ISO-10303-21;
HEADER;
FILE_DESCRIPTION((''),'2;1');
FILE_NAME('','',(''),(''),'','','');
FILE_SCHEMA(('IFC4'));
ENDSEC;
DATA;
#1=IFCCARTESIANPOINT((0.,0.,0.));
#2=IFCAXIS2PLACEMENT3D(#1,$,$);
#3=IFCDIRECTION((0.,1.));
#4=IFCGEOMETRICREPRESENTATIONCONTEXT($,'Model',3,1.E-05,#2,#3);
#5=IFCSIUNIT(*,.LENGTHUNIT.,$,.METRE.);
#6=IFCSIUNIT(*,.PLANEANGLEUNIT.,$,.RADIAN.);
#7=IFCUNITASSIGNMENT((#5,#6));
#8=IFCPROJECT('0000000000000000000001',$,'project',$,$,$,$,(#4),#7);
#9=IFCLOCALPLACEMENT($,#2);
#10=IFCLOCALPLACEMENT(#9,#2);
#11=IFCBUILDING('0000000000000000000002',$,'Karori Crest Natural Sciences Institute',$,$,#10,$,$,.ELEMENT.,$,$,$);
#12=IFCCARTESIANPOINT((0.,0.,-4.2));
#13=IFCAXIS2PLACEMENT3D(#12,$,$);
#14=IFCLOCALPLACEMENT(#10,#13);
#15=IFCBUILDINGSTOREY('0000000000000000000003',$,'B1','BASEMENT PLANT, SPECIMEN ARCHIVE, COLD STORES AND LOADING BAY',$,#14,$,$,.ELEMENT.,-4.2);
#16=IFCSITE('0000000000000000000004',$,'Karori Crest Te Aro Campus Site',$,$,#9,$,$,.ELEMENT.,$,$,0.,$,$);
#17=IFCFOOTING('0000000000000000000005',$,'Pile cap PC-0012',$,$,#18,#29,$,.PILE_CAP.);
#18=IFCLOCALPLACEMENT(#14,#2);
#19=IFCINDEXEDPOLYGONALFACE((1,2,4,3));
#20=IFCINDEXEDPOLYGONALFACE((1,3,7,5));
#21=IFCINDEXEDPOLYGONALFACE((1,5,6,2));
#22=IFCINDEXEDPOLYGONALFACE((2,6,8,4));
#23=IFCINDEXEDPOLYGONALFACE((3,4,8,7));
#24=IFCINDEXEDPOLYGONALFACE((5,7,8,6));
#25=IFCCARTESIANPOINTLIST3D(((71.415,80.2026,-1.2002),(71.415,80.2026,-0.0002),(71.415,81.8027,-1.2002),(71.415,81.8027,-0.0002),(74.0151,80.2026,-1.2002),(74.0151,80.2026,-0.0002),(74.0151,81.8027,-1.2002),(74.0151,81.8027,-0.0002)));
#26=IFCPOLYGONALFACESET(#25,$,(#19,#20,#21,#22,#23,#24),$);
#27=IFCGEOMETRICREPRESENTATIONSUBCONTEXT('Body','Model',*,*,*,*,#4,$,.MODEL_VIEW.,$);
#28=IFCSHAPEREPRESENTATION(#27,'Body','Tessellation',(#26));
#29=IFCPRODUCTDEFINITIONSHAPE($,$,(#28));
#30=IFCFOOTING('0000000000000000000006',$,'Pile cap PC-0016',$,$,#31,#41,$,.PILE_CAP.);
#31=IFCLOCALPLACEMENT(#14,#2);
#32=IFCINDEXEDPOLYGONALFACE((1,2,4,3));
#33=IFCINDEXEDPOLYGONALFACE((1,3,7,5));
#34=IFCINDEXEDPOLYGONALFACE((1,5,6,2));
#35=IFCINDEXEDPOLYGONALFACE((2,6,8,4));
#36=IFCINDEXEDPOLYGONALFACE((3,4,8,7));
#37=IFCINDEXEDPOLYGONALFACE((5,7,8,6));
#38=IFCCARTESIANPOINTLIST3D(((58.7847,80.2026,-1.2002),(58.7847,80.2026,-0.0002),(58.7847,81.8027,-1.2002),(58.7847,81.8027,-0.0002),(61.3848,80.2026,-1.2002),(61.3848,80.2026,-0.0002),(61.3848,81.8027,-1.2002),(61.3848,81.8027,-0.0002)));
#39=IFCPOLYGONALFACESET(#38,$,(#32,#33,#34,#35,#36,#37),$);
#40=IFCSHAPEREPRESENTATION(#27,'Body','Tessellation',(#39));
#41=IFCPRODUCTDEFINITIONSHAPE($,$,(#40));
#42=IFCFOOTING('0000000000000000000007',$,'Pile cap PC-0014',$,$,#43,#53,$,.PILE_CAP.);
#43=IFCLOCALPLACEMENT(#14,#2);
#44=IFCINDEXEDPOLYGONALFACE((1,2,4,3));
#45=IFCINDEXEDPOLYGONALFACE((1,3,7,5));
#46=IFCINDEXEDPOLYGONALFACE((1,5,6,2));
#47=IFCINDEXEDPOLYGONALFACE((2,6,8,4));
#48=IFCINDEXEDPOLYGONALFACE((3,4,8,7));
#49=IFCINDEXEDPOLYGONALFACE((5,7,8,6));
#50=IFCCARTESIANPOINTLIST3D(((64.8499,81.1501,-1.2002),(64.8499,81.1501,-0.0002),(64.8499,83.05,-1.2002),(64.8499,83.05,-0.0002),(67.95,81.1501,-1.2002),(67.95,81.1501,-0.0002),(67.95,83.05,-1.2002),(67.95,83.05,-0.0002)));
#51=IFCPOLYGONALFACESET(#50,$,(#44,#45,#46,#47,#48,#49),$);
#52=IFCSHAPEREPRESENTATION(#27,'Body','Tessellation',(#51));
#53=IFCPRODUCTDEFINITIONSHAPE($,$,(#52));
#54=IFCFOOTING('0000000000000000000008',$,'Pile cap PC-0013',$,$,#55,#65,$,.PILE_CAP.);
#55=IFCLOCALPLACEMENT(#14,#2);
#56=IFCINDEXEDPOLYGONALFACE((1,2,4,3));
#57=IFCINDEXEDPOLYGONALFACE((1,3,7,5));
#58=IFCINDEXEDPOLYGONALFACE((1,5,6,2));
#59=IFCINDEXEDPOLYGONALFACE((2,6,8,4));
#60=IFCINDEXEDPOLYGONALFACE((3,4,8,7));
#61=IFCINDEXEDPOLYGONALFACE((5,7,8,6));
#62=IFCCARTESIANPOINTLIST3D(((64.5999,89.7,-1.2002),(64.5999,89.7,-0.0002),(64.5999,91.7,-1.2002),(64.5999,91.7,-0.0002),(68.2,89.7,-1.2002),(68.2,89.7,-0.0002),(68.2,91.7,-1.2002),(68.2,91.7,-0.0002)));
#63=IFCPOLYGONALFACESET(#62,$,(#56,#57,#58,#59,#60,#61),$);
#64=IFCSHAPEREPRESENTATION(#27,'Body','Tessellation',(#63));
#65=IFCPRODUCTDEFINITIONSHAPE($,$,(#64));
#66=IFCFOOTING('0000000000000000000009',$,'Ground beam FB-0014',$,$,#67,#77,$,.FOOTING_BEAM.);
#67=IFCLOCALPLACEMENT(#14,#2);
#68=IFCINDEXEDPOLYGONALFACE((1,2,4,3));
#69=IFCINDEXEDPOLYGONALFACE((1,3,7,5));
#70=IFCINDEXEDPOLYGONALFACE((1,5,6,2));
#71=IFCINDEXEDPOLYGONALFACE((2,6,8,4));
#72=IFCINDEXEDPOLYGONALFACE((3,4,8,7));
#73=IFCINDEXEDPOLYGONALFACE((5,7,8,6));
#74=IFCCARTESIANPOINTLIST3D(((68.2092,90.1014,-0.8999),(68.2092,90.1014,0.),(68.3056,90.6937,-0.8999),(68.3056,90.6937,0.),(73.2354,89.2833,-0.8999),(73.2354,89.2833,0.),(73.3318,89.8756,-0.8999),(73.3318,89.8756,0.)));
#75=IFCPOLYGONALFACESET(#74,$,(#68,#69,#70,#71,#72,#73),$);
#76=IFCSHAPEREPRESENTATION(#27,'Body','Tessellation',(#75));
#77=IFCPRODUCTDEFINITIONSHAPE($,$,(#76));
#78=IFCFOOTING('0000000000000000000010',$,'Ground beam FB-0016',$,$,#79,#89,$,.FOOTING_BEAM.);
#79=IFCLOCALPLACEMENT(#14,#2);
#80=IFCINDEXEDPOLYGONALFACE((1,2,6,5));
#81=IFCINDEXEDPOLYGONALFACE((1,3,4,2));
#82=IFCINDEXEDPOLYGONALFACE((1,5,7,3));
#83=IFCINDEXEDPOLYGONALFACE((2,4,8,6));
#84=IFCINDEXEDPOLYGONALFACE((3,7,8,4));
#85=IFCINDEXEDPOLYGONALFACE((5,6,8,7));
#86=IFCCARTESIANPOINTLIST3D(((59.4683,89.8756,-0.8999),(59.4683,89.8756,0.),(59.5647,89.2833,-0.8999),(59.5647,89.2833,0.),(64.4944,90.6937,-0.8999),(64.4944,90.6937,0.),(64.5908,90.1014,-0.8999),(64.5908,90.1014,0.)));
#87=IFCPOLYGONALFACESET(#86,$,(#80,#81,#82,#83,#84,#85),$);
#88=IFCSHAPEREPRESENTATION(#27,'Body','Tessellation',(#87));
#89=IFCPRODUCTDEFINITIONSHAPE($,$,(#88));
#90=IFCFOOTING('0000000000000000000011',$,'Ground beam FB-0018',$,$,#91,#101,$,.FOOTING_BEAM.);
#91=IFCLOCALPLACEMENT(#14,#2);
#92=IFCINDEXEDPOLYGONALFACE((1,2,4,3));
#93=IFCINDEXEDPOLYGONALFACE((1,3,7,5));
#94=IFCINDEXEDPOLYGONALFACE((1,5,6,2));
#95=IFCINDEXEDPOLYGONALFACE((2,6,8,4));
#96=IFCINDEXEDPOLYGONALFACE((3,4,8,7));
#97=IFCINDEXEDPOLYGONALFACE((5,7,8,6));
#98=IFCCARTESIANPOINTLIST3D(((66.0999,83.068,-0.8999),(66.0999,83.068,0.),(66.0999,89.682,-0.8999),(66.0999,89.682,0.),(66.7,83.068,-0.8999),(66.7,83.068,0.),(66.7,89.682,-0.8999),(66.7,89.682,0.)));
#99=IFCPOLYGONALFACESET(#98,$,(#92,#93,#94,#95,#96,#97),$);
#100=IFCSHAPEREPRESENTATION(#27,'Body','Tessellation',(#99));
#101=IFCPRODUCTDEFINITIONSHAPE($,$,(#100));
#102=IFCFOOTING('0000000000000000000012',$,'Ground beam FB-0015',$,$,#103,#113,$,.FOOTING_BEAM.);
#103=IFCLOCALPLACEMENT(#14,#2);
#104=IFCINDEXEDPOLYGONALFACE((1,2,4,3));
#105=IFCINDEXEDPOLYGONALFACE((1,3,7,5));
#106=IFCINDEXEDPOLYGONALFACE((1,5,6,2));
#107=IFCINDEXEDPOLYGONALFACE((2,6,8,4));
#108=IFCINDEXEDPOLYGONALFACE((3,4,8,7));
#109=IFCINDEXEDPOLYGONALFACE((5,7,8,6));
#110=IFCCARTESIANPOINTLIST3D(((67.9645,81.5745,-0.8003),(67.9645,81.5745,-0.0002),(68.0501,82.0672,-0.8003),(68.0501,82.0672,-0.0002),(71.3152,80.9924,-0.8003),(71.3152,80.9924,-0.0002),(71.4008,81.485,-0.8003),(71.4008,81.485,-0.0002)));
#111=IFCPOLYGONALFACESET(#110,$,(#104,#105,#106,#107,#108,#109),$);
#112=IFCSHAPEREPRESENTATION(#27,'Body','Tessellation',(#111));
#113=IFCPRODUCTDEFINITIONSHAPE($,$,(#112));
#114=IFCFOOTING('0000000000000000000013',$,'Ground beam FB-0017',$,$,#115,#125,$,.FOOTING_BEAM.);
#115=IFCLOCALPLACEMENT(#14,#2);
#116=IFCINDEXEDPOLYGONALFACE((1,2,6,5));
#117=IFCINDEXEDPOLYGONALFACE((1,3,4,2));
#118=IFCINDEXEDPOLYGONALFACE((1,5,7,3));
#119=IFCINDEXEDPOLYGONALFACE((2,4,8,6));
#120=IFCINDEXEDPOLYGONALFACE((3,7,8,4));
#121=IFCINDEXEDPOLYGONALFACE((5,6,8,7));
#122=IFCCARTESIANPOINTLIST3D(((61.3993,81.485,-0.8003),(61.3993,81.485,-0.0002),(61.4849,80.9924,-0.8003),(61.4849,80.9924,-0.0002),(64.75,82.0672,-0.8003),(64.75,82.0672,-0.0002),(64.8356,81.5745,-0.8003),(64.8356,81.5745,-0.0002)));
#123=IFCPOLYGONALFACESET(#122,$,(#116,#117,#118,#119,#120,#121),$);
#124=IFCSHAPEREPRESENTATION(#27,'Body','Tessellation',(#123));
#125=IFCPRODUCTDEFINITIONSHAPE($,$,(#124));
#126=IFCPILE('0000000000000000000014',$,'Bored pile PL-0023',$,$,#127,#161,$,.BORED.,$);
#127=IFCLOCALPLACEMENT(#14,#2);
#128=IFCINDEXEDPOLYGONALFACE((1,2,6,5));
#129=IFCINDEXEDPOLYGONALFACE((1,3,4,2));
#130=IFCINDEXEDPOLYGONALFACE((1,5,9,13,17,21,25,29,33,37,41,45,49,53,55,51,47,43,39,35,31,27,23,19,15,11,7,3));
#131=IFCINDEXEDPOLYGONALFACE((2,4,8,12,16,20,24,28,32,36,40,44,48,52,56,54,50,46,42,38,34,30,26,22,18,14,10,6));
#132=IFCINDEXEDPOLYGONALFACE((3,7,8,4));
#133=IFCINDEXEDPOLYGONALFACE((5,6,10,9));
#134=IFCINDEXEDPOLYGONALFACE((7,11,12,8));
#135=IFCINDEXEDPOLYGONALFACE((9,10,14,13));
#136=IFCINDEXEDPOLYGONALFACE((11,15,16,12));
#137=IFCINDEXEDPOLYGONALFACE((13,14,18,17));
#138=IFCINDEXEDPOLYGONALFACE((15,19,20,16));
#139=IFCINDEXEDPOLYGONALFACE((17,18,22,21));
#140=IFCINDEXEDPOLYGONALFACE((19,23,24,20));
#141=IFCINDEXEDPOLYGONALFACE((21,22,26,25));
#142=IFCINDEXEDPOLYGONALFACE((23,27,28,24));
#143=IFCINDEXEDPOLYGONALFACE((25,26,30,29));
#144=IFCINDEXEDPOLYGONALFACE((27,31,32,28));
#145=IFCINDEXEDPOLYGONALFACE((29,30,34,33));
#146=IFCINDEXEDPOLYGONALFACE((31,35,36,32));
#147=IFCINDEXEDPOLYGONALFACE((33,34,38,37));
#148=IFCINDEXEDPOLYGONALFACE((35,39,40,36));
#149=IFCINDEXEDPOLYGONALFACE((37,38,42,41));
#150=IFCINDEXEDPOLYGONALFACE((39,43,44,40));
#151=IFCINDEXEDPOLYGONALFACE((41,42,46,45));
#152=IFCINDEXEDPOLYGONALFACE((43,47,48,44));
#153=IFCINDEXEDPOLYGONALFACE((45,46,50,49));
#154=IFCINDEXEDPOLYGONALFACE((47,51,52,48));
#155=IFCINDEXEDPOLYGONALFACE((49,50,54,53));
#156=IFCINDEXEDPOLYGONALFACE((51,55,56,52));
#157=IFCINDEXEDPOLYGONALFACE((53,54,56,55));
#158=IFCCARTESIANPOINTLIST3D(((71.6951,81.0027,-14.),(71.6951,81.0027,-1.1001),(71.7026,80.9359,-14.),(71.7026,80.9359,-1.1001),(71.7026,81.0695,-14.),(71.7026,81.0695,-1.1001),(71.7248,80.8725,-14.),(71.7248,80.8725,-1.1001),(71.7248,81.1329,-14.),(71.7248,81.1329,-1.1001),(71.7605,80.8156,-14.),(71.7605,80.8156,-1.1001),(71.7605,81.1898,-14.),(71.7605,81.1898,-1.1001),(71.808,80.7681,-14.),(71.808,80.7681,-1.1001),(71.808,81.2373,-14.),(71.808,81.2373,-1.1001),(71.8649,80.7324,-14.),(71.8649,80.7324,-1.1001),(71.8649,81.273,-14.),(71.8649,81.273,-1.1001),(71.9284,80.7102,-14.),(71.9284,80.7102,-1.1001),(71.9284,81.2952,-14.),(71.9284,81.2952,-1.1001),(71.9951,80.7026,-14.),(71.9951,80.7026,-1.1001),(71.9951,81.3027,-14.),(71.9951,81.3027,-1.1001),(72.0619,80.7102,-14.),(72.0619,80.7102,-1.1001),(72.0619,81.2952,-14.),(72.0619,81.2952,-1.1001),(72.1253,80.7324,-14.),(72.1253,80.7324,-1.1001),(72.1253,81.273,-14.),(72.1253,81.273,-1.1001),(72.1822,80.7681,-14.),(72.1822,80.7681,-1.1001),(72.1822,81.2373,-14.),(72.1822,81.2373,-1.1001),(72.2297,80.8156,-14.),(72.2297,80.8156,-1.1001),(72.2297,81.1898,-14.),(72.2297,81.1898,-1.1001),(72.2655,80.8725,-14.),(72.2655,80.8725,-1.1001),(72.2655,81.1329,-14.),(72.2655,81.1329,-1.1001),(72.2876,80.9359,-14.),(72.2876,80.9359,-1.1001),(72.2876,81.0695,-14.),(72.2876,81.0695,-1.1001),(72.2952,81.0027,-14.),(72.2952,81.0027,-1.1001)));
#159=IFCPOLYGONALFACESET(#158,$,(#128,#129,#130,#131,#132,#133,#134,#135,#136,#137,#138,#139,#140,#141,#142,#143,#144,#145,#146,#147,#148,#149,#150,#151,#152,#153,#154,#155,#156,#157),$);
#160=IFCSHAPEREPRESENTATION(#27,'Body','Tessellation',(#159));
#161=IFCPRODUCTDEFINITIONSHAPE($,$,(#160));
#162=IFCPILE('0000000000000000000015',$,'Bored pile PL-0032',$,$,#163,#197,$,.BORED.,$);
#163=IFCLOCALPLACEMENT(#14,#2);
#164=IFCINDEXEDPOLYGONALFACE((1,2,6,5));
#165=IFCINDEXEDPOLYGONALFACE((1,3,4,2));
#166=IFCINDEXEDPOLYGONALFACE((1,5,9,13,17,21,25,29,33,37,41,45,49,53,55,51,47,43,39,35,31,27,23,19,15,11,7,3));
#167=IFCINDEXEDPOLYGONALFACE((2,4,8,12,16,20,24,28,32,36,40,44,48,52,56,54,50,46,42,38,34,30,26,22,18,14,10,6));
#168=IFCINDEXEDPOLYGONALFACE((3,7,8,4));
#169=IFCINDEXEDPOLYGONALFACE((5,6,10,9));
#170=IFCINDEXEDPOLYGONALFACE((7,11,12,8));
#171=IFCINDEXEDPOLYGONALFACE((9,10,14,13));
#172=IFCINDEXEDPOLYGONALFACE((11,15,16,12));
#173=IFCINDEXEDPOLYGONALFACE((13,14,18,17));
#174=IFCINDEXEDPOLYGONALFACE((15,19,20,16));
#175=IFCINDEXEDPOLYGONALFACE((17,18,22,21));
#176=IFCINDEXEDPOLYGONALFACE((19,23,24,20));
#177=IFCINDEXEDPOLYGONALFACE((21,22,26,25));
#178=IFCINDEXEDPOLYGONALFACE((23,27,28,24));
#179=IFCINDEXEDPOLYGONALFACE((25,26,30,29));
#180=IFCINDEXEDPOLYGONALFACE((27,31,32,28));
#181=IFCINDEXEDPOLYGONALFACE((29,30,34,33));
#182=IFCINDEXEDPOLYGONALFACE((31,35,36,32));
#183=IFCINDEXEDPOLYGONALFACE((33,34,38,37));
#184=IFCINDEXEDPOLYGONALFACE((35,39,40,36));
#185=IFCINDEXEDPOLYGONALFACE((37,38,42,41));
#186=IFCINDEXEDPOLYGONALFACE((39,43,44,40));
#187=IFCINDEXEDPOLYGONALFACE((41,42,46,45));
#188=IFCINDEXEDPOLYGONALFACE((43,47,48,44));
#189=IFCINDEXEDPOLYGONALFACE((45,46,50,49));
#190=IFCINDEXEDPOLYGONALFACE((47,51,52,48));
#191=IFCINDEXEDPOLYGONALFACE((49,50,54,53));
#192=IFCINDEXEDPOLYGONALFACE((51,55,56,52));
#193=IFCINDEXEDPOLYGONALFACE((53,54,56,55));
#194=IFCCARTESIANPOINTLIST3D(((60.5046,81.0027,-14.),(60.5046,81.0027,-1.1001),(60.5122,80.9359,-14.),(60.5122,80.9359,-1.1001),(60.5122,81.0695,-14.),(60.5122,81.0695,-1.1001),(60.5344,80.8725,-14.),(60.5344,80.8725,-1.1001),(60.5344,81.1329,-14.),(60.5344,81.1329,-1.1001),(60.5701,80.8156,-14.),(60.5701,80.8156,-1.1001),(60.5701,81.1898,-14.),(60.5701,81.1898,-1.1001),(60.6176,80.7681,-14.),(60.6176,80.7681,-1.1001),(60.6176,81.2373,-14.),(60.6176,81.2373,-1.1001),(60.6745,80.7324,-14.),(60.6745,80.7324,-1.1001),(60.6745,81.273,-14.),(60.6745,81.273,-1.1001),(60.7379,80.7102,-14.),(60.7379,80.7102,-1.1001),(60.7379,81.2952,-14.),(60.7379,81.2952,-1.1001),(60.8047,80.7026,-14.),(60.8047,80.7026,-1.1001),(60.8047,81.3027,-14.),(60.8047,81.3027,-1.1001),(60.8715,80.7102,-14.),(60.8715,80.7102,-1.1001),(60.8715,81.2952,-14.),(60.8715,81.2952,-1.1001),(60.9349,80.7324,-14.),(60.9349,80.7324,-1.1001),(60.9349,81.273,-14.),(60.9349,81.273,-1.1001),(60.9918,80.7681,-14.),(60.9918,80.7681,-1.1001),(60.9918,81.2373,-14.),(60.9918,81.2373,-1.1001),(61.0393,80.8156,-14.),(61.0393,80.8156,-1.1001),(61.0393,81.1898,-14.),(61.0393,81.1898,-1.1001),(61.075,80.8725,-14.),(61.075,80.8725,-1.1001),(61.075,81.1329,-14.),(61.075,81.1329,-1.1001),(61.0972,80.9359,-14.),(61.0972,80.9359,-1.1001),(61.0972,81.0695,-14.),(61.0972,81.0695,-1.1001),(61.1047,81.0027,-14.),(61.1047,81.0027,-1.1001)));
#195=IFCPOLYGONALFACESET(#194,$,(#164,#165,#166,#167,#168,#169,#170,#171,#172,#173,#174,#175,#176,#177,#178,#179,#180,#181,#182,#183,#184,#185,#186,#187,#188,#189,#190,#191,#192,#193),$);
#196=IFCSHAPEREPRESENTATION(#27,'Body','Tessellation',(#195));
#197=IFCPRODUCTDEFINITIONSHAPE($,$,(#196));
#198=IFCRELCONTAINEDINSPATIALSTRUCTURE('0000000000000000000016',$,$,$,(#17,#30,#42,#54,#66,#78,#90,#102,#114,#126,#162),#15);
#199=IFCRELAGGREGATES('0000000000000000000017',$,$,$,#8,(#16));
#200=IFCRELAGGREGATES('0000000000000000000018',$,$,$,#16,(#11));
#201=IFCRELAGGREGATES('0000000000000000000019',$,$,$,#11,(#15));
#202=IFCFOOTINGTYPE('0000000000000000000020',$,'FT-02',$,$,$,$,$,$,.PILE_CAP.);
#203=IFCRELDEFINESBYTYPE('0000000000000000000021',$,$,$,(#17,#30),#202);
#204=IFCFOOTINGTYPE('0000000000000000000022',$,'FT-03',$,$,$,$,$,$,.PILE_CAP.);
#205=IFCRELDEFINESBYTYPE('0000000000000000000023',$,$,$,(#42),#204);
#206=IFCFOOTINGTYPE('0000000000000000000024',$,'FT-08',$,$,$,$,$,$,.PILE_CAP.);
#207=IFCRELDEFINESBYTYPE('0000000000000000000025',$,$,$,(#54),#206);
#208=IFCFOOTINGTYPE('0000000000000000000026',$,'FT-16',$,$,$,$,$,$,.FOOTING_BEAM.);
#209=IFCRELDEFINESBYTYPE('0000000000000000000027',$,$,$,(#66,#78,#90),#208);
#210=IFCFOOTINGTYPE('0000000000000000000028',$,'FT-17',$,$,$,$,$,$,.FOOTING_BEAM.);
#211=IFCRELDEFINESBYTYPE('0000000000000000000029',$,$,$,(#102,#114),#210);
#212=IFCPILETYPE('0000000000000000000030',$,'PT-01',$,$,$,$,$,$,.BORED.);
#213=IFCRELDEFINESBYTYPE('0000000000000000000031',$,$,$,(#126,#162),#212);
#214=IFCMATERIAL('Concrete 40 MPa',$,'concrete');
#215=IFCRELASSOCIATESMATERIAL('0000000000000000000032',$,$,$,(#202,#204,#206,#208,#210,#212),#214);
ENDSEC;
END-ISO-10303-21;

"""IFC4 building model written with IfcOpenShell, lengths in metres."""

from ifc_helpers import new_model, si_unit, direction, frame, origin, origin_2d, place, context, subcontext, project, spatial, rectangle, circle, extrude, material, material_profile, profile_set, type_object, element, save


model = new_model("IFC4")

# Units and contexts
model_context = context("Model", 3, precision=1e-05, world=origin(), true_north=direction((0.0, 1.0)))
body_context = subcontext(model_context, "Body", "Model", "MODEL_VIEW")
ifc_project = project(units=[si_unit("LENGTHUNIT", "METRE"), si_unit("PLANEANGLEUNIT", "RADIAN")], contexts=[model_context])

# Site, building, storey
site_placement = place(None, origin())
site = spatial("IfcSite", under=ifc_project, at=site_placement, Name="Karori Crest Te Aro Campus Site", CompositionType="ELEMENT", RefElevation=0.0)
building_placement = place(site_placement, origin())
building = spatial("IfcBuilding", under=site, at=building_placement, Name="Karori Crest Natural Sciences Institute", CompositionType="ELEMENT")
storey_placement = place(building_placement, frame((0.0, 0.0, -4.2)))
storey = spatial("IfcBuildingStorey", under=building, at=storey_placement, Name="B1", Description="BASEMENT PLANT, SPECIMEN ARCHIVE, COLD STORES AND LOADING BAY", CompositionType="ELEMENT", Elevation=-4.2)

# Footings
ifc_material_1 = material(Name="Concrete 40 MPa", Category="concrete")
footing_type_1 = type_object("IfcFootingType", Name="FT-02", PredefinedType="PILE_CAP", material=ifc_material_1)
for number, where, z_axis, x_axis, name in (
    (1, (72.7151, 81.0027, -1.2002), (0.0, 0.0, 1.0), (1.0, 0.0, 0.0), "Pile cap PC-0012"),
    (2, (60.0847, 81.0027, -1.2002), (0.0, 0.0, 1.0), (1.0, 0.0, 0.0), "Pile cap PC-0016"),
):
    element("IfcFooting", number, at=place(storey_placement, frame(where, z_axis=z_axis, x_axis=x_axis)), inside=storey, type_object=footing_type_1, Name=name, PredefinedType="PILE_CAP", context=body_context, shape_type="SweptSolid", body=[
        extrude(rectangle(XDim=2.6001, YDim=1.6001, at=origin_2d()), origin(), (0.0, 0.0, 1.0), 1.2),
    ])
footing_type_2 = type_object("IfcFootingType", Name="FT-03", PredefinedType="PILE_CAP", material=ifc_material_1)
footing_1_placement = place(storey_placement, frame((66.3999, 82.1001, -1.2002), z_axis=(0.0, 0.0, 1.0), x_axis=(1.0, 0.0, 0.0)))
element("IfcFooting", 3, at=footing_1_placement, inside=storey, type_object=footing_type_2, Name="Pile cap PC-0014", PredefinedType="PILE_CAP", context=body_context, shape_type="SweptSolid", body=[
    extrude(rectangle(XDim=3.1001, YDim=1.8999, at=origin_2d()), origin(), (0.0, 0.0, 1.0), 1.2),
])
footing_type_3 = type_object("IfcFootingType", Name="FT-08", PredefinedType="PILE_CAP", material=ifc_material_1)
footing_2_placement = place(storey_placement, frame((66.3999, 90.7, -1.2002), z_axis=(0.0, 0.0, 1.0), x_axis=(1.0, 0.0, 0.0)))
element("IfcFooting", 4, at=footing_2_placement, inside=storey, type_object=footing_type_3, Name="Pile cap PC-0013", PredefinedType="PILE_CAP", context=body_context, shape_type="SweptSolid", body=[
    extrude(rectangle(XDim=3.6001, YDim=2.0, at=origin_2d()), origin(), (0.0, 0.0, 1.0), 1.2),
])
footing_type_4 = type_object("IfcFootingType", Name="FT-16", PredefinedType="FOOTING_BEAM", material=ifc_material_1)
for number, where, z_axis, x_axis, name in (
    (5, (70.7705, 89.9885, -0.8999), (0.0, 0.0, 1.0), (-0.987011, 0.160653, 0.0), "Ground beam FB-0014"),
    (6, (62.0295, 89.9885, -0.8999), (0.0, 0.0, 1.0), (0.987011, 0.160653, 0.0), "Ground beam FB-0016"),
):
    element("IfcFooting", number, at=place(storey_placement, frame(where, z_axis=z_axis, x_axis=x_axis)), inside=storey, type_object=footing_type_4, Name=name, PredefinedType="FOOTING_BEAM", context=body_context, shape_type="SweptSolid", body=[
        extrude(rectangle(XDim=5.0923, YDim=0.6001, at=origin_2d()), origin(), (0.0, 0.0, 1.0), 0.8999),
    ])
footing_3_placement = place(storey_placement, frame((66.3999, 86.375, -0.8999), z_axis=(0.0, 0.0, 1.0), x_axis=(0.0, 1.0, 0.0)))
element("IfcFooting", 7, at=footing_3_placement, inside=storey, type_object=footing_type_4, Name="Ground beam FB-0018", PredefinedType="FOOTING_BEAM", context=body_context, shape_type="SweptSolid", body=[
    extrude(rectangle(XDim=6.614, YDim=0.6001, at=origin_2d()), origin(), (0.0, 0.0, 1.0), 0.8999),
])
footing_type_5 = type_object("IfcFootingType", Name="FT-17", PredefinedType="FOOTING_BEAM", material=ifc_material_1)
for number, where, z_axis, x_axis, name in (
    (8, (69.6826, 81.5298, -0.8003), (0.0, 0.0, 1.0), (-0.98524, 0.171176, 0.0), "Ground beam FB-0015"),
    (9, (63.1174, 81.5298, -0.8003), (0.0, 0.0, 1.0), (0.98524, 0.171176, 0.0), "Ground beam FB-0017"),
):
    element("IfcFooting", number, at=place(storey_placement, frame(where, z_axis=z_axis, x_axis=x_axis)), inside=storey, type_object=footing_type_5, Name=name, PredefinedType="FOOTING_BEAM", context=body_context, shape_type="SweptSolid", body=[
        extrude(rectangle(XDim=3.4009, YDim=0.5, at=origin_2d()), origin(), (0.0, 0.0, 1.0), 0.8),
    ])

# Piles
ifc_material_profile_1 = material_profile(ifc_material_1, circle(Radius=0.3, at=origin_2d()), Name="PILE600")
ifc_profile_set_1 = profile_set([ifc_material_profile_1], Name="Concrete 40 MPa")
pile_type_1 = type_object("IfcPileType", Name="PT-01", PredefinedType="BORED", material=ifc_profile_set_1)
for number, where, z_axis, x_axis, name in (
    (10, (71.9951, 81.0027, -1.1001), (0.0, 0.0, -1.0), (1.0, 0.0, 0.0), "Bored pile PL-0023"),
    (11, (60.8047, 81.0027, -1.1001), (0.0, 0.0, -1.0), (1.0, 0.0, 0.0), "Bored pile PL-0032"),
):
    element("IfcPile", number, at=place(storey_placement, frame(where, z_axis=z_axis, x_axis=x_axis)), inside=storey, type_object=pile_type_1, Name=name, PredefinedType="BORED", context=body_context, shape_type="SweptSolid", body=[
        extrude(circle(Radius=0.3, at=origin_2d()), origin(), (0.0, 0.0, 1.0), 12.8999),
    ])

save(model, "model.ifc")
